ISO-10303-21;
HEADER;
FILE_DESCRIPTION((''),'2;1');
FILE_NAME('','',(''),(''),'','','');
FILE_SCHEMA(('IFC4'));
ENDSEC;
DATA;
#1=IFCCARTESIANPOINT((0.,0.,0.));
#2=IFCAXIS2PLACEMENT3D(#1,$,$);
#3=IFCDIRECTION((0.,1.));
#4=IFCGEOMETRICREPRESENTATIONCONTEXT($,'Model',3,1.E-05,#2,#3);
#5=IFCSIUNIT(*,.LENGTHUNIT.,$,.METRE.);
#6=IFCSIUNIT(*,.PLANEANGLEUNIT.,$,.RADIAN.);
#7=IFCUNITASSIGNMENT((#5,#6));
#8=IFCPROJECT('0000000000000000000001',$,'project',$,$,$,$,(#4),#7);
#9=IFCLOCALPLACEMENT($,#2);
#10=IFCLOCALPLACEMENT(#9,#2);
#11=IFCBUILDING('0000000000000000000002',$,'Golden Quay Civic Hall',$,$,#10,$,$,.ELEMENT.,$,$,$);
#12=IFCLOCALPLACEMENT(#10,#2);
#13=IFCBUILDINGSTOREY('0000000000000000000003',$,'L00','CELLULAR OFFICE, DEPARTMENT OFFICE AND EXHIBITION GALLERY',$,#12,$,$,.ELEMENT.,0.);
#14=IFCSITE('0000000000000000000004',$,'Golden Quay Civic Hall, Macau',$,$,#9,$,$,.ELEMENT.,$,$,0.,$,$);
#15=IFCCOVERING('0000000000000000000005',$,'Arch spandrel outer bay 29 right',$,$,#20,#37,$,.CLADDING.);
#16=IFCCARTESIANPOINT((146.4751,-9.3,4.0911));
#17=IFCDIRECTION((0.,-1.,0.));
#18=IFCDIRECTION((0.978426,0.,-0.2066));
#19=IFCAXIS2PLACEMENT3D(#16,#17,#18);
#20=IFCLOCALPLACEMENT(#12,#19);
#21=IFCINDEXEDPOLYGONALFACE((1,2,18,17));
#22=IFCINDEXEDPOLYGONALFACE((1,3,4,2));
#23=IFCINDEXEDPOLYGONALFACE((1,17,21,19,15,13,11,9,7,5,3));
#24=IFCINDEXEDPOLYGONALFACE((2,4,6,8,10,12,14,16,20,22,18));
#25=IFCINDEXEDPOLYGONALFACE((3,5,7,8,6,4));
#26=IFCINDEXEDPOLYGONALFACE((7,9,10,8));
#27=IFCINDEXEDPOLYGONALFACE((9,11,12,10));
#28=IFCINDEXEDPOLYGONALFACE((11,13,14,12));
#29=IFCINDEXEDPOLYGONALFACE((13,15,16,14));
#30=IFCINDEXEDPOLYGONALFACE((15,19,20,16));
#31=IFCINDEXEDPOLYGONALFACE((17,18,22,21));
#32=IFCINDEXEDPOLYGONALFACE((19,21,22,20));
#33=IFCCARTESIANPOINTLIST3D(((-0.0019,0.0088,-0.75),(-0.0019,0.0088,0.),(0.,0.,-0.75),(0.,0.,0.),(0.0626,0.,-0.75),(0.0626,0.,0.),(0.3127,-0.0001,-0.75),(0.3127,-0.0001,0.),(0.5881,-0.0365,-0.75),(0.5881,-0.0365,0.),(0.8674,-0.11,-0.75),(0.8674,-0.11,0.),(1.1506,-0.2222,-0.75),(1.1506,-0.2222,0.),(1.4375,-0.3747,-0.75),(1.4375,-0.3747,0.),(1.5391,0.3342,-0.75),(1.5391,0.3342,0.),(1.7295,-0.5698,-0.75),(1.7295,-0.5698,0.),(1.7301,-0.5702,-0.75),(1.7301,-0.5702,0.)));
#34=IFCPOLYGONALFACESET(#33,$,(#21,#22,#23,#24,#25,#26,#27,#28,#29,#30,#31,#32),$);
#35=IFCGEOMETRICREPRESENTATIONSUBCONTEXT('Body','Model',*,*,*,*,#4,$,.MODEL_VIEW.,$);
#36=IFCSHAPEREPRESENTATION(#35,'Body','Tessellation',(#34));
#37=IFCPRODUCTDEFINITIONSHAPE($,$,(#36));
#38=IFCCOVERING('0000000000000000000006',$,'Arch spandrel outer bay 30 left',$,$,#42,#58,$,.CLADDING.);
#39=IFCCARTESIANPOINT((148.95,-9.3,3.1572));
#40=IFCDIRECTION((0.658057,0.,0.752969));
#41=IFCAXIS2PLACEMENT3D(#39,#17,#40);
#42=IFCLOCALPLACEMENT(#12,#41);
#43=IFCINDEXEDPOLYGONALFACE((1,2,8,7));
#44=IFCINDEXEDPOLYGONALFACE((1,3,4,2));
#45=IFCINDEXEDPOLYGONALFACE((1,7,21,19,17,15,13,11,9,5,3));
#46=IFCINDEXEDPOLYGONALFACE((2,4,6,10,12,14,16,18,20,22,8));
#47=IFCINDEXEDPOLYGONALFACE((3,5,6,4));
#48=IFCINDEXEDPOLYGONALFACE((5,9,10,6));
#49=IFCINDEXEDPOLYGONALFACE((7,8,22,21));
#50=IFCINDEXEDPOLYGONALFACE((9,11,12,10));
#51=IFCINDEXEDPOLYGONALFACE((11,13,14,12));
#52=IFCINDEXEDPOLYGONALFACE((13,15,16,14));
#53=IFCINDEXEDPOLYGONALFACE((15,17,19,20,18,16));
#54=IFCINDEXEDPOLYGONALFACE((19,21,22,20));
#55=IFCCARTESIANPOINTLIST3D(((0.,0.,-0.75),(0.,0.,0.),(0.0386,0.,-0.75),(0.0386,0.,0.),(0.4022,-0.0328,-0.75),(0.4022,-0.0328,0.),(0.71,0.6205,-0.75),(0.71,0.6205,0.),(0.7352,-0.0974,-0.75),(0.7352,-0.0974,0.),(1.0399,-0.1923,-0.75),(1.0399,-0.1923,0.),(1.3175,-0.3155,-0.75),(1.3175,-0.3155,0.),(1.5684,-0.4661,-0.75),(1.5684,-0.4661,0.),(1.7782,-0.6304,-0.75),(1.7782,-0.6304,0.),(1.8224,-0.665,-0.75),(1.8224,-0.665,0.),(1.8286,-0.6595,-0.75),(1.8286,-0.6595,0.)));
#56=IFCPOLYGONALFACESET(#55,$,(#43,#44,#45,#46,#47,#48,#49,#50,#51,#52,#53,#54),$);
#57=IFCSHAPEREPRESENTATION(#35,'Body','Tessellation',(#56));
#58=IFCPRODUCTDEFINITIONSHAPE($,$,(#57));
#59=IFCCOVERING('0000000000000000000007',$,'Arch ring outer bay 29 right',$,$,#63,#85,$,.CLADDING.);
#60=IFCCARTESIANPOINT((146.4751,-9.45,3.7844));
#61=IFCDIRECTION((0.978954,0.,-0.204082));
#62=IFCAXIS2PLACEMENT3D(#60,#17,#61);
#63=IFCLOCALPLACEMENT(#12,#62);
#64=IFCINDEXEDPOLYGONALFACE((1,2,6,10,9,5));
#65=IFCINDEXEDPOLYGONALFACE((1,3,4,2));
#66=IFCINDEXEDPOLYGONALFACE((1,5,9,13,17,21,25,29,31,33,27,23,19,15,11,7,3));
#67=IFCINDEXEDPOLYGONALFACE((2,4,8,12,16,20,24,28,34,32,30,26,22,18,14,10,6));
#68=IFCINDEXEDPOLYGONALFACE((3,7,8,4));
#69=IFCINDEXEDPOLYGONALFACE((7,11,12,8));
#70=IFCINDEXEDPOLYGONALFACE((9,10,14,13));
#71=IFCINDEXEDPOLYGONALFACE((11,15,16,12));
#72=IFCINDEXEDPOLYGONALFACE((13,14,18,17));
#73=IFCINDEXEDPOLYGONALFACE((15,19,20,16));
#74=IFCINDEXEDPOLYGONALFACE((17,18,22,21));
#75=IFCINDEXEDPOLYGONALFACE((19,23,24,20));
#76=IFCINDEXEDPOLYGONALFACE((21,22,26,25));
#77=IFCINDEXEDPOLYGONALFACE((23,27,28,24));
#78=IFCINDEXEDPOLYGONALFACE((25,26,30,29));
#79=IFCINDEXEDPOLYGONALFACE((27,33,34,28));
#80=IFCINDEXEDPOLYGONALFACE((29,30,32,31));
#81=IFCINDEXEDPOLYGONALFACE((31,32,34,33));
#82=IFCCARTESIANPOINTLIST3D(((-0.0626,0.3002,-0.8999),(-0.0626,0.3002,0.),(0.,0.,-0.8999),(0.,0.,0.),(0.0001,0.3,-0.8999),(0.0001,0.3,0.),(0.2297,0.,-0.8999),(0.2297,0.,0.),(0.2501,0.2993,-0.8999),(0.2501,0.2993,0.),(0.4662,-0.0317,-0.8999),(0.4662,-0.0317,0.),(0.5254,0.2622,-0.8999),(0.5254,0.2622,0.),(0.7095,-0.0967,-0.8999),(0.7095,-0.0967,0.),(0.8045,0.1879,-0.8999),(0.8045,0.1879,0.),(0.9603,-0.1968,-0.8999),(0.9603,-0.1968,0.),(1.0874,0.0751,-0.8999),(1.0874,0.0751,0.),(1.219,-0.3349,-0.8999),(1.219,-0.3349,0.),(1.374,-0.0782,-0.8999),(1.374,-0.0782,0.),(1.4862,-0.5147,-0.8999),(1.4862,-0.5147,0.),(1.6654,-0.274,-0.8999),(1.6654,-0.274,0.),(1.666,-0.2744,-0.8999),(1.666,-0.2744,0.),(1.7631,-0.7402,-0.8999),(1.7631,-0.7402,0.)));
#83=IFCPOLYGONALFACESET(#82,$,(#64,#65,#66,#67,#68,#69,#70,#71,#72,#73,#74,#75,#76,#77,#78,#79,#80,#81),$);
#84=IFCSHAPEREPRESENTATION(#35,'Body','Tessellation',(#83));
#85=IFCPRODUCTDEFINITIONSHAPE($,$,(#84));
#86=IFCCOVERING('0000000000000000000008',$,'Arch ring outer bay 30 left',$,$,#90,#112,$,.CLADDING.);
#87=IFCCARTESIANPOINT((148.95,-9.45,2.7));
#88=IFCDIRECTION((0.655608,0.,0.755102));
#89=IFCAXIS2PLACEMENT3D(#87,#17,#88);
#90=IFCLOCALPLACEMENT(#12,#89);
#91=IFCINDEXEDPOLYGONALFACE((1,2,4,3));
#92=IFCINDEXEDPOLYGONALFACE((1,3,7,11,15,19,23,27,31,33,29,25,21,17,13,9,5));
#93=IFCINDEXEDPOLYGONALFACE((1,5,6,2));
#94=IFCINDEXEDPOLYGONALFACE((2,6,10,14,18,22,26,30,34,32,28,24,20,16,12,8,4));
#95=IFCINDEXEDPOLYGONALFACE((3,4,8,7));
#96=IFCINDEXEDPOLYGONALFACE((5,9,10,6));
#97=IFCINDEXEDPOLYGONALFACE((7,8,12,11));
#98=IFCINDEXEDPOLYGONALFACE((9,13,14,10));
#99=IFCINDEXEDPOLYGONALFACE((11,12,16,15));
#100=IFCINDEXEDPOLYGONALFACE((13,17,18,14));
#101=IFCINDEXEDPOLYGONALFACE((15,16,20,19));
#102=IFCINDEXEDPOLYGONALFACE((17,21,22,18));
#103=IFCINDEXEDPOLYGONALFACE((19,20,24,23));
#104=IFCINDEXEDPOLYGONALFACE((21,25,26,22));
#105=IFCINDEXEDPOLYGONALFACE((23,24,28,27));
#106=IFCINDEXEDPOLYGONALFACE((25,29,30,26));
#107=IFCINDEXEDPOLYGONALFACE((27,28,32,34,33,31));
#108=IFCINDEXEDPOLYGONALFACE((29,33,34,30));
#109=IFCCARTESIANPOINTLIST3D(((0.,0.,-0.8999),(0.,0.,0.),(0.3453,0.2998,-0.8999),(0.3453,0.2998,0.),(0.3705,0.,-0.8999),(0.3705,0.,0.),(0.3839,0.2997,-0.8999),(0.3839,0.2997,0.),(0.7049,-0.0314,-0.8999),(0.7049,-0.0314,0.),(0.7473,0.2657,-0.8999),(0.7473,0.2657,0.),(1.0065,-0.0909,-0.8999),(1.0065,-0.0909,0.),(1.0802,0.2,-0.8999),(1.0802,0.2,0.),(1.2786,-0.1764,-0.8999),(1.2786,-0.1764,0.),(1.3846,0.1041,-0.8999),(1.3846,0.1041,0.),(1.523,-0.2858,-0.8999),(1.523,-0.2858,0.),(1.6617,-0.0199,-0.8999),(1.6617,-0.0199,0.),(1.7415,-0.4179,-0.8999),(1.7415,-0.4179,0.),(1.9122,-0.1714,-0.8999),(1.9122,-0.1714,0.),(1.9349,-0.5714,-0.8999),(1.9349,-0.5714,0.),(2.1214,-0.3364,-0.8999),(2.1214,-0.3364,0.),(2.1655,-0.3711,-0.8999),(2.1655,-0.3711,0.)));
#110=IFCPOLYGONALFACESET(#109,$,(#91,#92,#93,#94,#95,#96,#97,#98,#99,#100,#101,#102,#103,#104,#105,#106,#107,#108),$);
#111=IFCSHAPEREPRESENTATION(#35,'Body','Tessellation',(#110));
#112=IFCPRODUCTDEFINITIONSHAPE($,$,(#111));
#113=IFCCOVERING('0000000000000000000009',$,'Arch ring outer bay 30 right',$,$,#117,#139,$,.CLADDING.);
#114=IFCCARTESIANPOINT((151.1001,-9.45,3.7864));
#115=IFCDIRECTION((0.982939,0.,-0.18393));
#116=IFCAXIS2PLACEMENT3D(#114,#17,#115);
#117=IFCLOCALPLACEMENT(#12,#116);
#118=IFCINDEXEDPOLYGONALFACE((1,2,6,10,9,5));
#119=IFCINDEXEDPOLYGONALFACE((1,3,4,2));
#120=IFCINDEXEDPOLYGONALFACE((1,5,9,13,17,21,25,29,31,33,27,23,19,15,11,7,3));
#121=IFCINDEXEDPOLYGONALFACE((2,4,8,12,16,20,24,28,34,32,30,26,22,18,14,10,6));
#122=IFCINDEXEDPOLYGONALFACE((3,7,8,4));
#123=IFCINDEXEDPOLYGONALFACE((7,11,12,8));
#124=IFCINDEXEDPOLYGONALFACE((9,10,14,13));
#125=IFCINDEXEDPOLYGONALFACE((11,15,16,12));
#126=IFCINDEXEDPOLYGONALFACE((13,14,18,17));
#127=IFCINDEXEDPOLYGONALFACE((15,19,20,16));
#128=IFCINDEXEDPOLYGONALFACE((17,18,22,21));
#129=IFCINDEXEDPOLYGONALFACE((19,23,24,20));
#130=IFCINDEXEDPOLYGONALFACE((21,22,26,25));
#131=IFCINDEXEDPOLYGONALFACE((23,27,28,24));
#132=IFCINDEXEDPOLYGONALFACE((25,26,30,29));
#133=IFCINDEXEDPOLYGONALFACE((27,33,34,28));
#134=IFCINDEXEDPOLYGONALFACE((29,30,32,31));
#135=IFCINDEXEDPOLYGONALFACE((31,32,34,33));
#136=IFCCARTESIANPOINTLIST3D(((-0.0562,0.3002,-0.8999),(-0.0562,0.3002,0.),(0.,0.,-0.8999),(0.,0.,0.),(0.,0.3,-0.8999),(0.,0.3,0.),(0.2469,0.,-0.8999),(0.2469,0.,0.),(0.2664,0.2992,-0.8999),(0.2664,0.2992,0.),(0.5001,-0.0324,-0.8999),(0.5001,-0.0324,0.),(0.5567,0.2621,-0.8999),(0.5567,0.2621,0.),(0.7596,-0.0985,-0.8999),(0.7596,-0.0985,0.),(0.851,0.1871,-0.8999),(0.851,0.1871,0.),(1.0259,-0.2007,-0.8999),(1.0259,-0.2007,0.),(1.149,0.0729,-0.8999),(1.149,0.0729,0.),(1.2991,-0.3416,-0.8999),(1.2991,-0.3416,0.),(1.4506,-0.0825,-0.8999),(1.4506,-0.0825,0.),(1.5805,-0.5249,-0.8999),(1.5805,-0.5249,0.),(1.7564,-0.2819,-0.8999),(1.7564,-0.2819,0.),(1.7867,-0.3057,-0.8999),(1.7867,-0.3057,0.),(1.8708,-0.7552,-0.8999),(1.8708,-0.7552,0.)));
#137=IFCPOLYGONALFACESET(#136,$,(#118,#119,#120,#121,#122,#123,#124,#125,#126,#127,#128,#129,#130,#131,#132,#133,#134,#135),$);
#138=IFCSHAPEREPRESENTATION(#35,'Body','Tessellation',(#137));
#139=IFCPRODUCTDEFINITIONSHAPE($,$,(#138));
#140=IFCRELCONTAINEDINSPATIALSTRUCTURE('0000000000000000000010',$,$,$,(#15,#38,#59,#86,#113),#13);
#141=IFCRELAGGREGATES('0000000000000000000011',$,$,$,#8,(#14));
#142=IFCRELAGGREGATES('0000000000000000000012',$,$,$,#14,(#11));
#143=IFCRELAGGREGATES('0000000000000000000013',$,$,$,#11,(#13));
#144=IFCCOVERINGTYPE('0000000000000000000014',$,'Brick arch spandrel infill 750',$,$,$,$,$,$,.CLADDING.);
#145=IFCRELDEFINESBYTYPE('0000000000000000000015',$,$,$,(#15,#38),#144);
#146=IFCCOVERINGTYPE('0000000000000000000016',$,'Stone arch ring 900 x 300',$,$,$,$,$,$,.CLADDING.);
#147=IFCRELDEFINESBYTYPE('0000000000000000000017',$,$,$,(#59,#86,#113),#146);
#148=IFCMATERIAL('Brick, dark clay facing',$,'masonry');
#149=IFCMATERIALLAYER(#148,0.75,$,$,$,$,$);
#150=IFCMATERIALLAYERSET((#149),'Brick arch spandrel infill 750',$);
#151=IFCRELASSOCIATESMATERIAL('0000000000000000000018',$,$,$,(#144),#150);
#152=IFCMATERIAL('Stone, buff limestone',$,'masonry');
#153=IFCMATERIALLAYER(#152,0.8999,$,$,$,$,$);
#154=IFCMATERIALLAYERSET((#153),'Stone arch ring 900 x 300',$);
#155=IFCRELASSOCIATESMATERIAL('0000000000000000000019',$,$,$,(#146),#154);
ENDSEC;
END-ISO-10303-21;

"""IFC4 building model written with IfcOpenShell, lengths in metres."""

from ifc_helpers import new_model, si_unit, direction, frame, origin, place, context, subcontext, project, spatial, polyline, outline, extrude, material, layer, layer_set, type_object, element, save


model = new_model("IFC4")

# Units and contexts
model_context = context("Model", 3, precision=1e-05, world=origin(), true_north=direction((0.0, 1.0)))
body_context = subcontext(model_context, "Body", "Model", "MODEL_VIEW")
ifc_project = project(units=[si_unit("LENGTHUNIT", "METRE"), si_unit("PLANEANGLEUNIT", "RADIAN")], contexts=[model_context])

# Site, building, storey
site_placement = place(None, origin())
site = spatial("IfcSite", under=ifc_project, at=site_placement, Name="Golden Quay Civic Hall, Macau", CompositionType="ELEMENT", RefElevation=0.0)
building_placement = place(site_placement, origin())
building = spatial("IfcBuilding", under=site, at=building_placement, Name="Golden Quay Civic Hall", CompositionType="ELEMENT")
storey_placement = place(building_placement, origin())
storey = spatial("IfcBuildingStorey", under=building, at=storey_placement, Name="L00", Description="CELLULAR OFFICE, DEPARTMENT OFFICE AND EXHIBITION GALLERY", CompositionType="ELEMENT", Elevation=0.0)

# Coverings
ifc_material_1 = material(Name="Brick, dark clay facing", Category="masonry")
ifc_layer_1 = layer(ifc_material_1, 0.75)
ifc_layer_set_1 = layer_set([ifc_layer_1], Name="Brick arch spandrel infill 750")
covering_type_1 = type_object("IfcCoveringType", Name="Brick arch spandrel infill 750", PredefinedType="CLADDING", material=ifc_layer_set_1)
covering_1_placement = place(storey_placement, frame((146.4751, -9.3, 4.0911), z_axis=(0.0, -1.0, 0.0), x_axis=(0.978426, 0.0, -0.2066)))
element("IfcCovering", 1, at=covering_1_placement, inside=storey, type_object=covering_type_1, Name="Arch spandrel outer bay 29 right", PredefinedType="CLADDING", context=body_context, shape_type="SweptSolid", body=[
    extrude(outline(polyline([(0.0, 0.0), (0.0626, 0.0), (0.3127, -0.0001), (0.5881, -0.0365), (0.8674, -0.11), (1.1506, -0.2222), (1.4375, -0.3747), (1.7295, -0.5698), (1.7301, -0.5702), (1.5391, 0.3342), (-0.0019, 0.0088), (0.0, 0.0)])), origin(), (0.0, 0.0, -1.0), 0.75),
])
covering_2_placement = place(storey_placement, frame((148.95, -9.3, 3.1572), z_axis=(0.0, -1.0, 0.0), x_axis=(0.658057, 0.0, 0.752969)))
element("IfcCovering", 2, at=covering_2_placement, inside=storey, type_object=covering_type_1, Name="Arch spandrel outer bay 30 left", PredefinedType="CLADDING", context=body_context, shape_type="SweptSolid", body=[
    extrude(outline(polyline([(0.0, 0.0), (0.0386, 0.0), (0.4022, -0.0328), (0.7352, -0.0974), (1.0399, -0.1923), (1.3175, -0.3155), (1.5684, -0.4661), (1.7782, -0.6304), (1.8224, -0.665), (1.8286, -0.6595), (0.71, 0.6205), (0.0, 0.0)])), origin(), (0.0, 0.0, -1.0), 0.75),
])

# Coverings
ifc_material_2 = material(Name="Stone, buff limestone", Category="masonry")
ifc_layer_2 = layer(ifc_material_2, 0.8999)
ifc_layer_set_2 = layer_set([ifc_layer_2], Name="Stone arch ring 900 x 300")
covering_type_2 = type_object("IfcCoveringType", Name="Stone arch ring 900 x 300", PredefinedType="CLADDING", material=ifc_layer_set_2)
covering_3_placement = place(storey_placement, frame((146.4751, -9.45, 3.7844), z_axis=(0.0, -1.0, 0.0), x_axis=(0.978954, 0.0, -0.204082)))
element("IfcCovering", 3, at=covering_3_placement, inside=storey, type_object=covering_type_2, Name="Arch ring outer bay 29 right", PredefinedType="CLADDING", context=body_context, shape_type="SweptSolid", body=[
    extrude(outline(polyline([(0.0, 0.0), (0.2297, 0.0), (0.4662, -0.0317), (0.7095, -0.0967), (0.9603, -0.1968), (1.219, -0.3349), (1.4862, -0.5147), (1.7631, -0.7402), (1.666, -0.2744), (1.6654, -0.274), (1.374, -0.0782), (1.0874, 0.0751), (0.8045, 0.1879), (0.5254, 0.2622), (0.2501, 0.2993), (0.0001, 0.3), (-0.0626, 0.3002), (0.0, 0.0)])), origin(), (0.0, 0.0, -1.0), 0.8999),
])
covering_4_placement = place(storey_placement, frame((148.95, -9.45, 2.7), z_axis=(0.0, -1.0, 0.0), x_axis=(0.655608, 0.0, 0.755102)))
element("IfcCovering", 4, at=covering_4_placement, inside=storey, type_object=covering_type_2, Name="Arch ring outer bay 30 left", PredefinedType="CLADDING", context=body_context, shape_type="SweptSolid", body=[
    extrude(outline(polyline([(0.0, 0.0), (0.3705, 0.0), (0.7049, -0.0314), (1.0065, -0.0909), (1.2786, -0.1764), (1.523, -0.2858), (1.7415, -0.4179), (1.9349, -0.5714), (2.1655, -0.3711), (2.1214, -0.3364), (1.9122, -0.1714), (1.6617, -0.0199), (1.3846, 0.1041), (1.0802, 0.2), (0.7473, 0.2657), (0.3839, 0.2997), (0.3453, 0.2998), (0.0, 0.0)])), origin(), (0.0, 0.0, -1.0), 0.8999),
])
covering_5_placement = place(storey_placement, frame((151.1001, -9.45, 3.7864), z_axis=(0.0, -1.0, 0.0), x_axis=(0.982939, 0.0, -0.18393)))
element("IfcCovering", 5, at=covering_5_placement, inside=storey, type_object=covering_type_2, Name="Arch ring outer bay 30 right", PredefinedType="CLADDING", context=body_context, shape_type="SweptSolid", body=[
    extrude(outline(polyline([(0.0, 0.0), (0.2469, 0.0), (0.5001, -0.0324), (0.7596, -0.0985), (1.0259, -0.2007), (1.2991, -0.3416), (1.5805, -0.5249), (1.8708, -0.7552), (1.7867, -0.3057), (1.7564, -0.2819), (1.4506, -0.0825), (1.149, 0.0729), (0.851, 0.1871), (0.5567, 0.2621), (0.2664, 0.2992), (0.0, 0.3), (-0.0562, 0.3002), (0.0, 0.0)])), origin(), (0.0, 0.0, -1.0), 0.8999),
])

save(model, "model.ifc")
